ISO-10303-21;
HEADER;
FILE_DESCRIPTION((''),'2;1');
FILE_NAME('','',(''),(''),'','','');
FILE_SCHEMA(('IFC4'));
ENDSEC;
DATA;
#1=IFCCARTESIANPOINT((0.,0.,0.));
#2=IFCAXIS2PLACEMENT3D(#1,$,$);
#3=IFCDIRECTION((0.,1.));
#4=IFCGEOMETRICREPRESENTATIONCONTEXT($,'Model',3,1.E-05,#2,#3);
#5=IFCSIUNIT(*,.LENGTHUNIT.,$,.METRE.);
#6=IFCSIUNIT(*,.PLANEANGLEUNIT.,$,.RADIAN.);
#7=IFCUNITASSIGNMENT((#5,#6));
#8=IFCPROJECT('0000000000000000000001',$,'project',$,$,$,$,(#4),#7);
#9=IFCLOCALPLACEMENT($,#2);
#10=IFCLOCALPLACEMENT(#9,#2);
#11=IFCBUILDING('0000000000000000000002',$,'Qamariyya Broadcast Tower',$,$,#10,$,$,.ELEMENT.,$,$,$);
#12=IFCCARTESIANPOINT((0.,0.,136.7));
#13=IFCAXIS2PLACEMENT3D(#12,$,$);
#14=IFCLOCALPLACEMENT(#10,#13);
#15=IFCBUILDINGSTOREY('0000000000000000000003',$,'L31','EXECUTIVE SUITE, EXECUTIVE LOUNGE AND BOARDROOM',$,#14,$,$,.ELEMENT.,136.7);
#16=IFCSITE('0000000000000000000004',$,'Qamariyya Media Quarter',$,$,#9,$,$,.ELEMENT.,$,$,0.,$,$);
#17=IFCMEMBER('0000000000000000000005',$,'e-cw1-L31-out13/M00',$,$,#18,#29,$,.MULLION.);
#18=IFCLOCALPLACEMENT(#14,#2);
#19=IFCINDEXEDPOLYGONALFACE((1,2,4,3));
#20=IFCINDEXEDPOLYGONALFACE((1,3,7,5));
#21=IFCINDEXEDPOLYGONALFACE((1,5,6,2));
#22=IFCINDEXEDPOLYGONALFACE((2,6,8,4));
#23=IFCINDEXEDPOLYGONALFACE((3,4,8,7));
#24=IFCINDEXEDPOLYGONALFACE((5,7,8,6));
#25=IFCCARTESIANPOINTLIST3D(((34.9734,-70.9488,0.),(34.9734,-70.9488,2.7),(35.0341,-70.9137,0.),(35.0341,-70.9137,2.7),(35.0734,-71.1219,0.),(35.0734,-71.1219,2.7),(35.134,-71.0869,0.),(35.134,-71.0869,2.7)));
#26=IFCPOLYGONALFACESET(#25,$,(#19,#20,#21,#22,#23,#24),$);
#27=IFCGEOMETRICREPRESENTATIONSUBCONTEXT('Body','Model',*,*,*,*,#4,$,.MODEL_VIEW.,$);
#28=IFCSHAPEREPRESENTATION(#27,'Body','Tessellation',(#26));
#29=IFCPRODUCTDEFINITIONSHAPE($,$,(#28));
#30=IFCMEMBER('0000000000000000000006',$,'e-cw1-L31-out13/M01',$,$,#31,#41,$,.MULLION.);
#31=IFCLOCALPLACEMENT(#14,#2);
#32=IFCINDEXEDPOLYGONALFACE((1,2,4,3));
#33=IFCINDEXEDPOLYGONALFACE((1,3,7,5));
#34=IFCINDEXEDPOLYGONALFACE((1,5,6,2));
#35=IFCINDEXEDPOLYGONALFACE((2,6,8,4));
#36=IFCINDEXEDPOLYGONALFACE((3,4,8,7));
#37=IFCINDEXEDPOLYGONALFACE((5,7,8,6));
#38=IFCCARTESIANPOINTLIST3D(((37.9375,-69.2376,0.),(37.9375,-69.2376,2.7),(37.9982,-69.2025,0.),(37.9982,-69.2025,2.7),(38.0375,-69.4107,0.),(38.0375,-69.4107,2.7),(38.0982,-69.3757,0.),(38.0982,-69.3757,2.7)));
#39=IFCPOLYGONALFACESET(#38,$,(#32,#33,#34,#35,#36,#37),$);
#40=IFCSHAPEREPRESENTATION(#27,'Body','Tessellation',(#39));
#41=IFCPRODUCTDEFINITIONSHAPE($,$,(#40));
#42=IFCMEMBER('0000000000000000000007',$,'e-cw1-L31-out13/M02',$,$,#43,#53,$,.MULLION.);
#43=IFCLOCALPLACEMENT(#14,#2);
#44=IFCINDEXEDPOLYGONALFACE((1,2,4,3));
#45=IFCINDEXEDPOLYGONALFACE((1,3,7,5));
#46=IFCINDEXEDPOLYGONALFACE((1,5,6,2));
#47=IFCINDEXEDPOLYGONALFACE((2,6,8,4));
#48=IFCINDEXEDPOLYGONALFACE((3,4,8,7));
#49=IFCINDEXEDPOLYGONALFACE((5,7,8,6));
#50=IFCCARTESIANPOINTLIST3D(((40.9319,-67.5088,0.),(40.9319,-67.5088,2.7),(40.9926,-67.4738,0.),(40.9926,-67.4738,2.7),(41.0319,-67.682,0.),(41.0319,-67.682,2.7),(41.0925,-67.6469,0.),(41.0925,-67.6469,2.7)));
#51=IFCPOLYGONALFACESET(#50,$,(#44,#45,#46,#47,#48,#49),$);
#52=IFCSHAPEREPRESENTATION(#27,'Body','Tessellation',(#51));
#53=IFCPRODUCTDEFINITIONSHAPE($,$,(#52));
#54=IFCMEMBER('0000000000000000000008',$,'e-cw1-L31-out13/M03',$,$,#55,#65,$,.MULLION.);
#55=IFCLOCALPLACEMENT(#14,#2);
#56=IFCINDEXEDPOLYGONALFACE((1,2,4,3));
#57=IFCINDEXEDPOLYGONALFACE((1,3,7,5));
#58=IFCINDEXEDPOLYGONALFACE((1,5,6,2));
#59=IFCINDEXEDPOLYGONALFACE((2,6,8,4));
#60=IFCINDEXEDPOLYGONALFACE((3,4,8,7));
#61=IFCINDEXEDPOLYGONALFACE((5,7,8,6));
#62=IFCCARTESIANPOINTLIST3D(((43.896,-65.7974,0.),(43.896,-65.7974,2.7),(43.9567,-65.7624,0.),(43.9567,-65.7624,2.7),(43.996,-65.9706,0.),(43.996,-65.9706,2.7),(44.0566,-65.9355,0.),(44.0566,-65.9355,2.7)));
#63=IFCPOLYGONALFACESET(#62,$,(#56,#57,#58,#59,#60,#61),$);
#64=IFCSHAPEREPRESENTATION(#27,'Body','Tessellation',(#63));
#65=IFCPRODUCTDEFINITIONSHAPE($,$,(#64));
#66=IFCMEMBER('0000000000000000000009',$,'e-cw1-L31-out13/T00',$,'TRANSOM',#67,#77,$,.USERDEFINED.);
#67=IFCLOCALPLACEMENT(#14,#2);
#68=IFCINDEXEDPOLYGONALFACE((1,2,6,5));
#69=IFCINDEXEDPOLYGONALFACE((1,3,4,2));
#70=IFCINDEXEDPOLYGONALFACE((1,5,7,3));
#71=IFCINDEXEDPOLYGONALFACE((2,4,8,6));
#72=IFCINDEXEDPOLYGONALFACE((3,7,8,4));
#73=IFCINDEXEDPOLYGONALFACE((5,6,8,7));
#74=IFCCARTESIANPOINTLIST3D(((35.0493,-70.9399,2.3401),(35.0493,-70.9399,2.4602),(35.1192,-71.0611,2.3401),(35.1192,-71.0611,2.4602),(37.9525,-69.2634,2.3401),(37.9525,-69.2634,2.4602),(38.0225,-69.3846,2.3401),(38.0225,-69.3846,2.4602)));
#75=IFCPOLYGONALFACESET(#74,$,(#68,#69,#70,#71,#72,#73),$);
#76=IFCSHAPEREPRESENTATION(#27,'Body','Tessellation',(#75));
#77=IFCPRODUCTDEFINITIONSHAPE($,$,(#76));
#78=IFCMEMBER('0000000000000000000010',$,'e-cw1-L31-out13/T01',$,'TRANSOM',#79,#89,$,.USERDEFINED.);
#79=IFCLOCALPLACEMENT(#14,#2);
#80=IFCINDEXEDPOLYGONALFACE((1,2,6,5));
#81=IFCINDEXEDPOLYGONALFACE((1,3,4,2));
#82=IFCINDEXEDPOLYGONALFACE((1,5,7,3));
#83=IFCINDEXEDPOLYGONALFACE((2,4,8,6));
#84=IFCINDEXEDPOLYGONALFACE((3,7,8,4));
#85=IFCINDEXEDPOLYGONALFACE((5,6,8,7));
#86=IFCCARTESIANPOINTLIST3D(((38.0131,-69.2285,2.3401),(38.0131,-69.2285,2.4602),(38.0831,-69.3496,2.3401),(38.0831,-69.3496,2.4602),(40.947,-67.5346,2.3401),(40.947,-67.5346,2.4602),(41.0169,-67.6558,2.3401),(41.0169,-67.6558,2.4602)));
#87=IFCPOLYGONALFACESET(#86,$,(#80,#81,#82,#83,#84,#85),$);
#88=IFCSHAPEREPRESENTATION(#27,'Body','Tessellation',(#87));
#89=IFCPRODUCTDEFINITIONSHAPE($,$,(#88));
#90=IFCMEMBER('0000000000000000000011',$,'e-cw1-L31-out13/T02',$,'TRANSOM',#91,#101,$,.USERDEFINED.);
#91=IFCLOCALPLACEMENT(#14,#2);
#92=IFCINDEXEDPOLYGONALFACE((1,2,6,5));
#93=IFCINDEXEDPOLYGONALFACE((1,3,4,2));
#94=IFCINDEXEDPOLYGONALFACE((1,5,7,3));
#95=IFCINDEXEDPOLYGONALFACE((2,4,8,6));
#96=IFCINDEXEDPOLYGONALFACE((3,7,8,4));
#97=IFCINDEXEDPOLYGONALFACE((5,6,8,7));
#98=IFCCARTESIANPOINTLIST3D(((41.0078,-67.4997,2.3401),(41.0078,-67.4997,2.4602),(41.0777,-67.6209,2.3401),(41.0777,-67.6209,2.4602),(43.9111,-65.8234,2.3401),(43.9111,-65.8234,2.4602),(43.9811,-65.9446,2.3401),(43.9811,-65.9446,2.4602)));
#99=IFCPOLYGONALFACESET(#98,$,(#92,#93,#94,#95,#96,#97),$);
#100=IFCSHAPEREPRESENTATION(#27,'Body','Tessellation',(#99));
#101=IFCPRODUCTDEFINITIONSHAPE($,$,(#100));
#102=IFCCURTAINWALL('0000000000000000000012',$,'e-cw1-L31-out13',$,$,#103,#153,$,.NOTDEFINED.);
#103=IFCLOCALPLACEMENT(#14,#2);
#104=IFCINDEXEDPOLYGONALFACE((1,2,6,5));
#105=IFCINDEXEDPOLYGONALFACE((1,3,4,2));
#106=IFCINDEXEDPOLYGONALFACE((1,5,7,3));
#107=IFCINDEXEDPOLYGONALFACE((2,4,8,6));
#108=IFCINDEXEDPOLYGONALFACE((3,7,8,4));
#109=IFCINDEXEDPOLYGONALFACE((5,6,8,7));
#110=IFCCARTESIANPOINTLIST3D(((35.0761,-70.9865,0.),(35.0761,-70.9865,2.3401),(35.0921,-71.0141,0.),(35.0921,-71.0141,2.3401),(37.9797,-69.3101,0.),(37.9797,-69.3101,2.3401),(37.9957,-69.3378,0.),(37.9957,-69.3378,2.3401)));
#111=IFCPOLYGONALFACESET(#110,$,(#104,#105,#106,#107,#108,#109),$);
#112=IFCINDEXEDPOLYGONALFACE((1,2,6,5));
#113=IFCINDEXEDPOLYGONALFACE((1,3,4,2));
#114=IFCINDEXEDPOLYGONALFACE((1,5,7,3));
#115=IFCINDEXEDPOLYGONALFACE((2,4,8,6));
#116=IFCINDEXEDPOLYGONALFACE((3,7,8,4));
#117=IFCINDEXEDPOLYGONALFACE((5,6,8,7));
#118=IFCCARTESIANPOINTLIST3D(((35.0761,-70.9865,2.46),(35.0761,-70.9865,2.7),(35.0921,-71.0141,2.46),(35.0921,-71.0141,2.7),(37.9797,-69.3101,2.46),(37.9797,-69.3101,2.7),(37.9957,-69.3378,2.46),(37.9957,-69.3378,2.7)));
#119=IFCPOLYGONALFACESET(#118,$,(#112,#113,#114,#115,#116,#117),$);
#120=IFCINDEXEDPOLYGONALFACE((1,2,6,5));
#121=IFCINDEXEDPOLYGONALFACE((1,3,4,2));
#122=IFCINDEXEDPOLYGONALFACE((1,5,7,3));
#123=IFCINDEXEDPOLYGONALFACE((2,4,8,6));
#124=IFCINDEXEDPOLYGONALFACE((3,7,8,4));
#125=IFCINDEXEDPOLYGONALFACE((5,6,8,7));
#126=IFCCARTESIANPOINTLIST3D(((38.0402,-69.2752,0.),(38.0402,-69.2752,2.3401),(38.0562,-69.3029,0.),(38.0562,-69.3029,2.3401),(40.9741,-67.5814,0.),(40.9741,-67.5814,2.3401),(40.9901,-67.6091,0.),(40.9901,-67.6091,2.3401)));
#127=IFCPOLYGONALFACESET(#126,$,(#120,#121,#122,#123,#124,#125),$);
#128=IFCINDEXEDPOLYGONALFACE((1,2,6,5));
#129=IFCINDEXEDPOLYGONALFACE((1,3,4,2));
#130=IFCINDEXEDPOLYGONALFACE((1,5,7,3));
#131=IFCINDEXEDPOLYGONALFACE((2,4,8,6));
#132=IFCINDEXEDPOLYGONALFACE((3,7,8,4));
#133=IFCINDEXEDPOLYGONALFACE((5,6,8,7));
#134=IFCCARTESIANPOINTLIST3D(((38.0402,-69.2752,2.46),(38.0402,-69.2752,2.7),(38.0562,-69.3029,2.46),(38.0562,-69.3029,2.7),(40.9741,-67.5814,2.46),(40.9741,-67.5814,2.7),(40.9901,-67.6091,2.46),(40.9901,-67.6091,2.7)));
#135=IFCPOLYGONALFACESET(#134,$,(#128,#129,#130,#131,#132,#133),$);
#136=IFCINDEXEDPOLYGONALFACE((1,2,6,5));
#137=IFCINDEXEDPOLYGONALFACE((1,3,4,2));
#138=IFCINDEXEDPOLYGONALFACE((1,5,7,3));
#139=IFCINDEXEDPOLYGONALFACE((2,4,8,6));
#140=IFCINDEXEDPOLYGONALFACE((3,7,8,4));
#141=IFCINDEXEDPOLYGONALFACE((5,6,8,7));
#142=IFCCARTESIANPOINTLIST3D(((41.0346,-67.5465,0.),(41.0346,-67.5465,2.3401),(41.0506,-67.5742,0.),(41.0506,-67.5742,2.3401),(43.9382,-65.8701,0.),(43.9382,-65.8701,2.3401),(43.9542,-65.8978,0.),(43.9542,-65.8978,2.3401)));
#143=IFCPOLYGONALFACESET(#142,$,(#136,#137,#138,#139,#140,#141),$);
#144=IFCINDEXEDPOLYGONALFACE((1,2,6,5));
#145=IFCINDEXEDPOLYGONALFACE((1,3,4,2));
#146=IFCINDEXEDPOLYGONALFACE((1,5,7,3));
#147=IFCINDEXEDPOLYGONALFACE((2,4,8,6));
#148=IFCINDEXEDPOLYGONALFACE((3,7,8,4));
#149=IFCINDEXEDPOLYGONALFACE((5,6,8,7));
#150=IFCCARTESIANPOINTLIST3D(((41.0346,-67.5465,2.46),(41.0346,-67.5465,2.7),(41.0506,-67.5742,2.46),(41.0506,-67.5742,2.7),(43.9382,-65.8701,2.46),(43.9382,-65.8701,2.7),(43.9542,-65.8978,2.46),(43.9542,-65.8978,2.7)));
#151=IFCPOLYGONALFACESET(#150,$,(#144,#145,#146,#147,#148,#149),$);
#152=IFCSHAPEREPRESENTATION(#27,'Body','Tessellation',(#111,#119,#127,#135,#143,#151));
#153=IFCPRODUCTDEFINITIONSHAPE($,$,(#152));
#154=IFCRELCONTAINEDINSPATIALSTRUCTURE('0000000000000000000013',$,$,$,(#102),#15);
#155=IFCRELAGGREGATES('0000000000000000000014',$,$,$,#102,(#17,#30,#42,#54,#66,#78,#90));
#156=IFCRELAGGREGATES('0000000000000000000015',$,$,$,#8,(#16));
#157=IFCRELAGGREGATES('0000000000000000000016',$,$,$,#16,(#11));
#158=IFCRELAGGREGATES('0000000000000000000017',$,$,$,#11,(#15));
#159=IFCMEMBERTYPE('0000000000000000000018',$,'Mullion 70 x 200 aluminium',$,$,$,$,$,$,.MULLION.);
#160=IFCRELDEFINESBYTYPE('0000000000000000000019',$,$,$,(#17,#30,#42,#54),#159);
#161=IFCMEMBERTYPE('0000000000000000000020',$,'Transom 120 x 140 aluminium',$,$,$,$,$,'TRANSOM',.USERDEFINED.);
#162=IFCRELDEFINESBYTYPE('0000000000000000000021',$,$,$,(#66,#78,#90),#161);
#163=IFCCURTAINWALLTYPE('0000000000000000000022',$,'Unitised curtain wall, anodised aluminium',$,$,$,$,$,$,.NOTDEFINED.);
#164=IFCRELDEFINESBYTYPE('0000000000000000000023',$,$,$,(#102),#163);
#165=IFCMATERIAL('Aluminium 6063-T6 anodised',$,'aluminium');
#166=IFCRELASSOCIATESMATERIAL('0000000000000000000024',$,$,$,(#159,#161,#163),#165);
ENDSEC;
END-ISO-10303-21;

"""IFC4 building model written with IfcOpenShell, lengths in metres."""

from ifc_helpers import new_model, si_unit, direction, frame, origin, origin_2d, place, context, subcontext, project, spatial, rectangle, extrude, material, material_profile, profile_set, type_object, element, aggregate, save


model = new_model("IFC4")

# Units and contexts
model_context = context("Model", 3, precision=1e-05, world=origin(), true_north=direction((0.0, 1.0)))
body_context = subcontext(model_context, "Body", "Model", "MODEL_VIEW")
ifc_project = project(units=[si_unit("LENGTHUNIT", "METRE"), si_unit("PLANEANGLEUNIT", "RADIAN")], contexts=[model_context])

# Members
ifc_material = material(Name="Aluminium 6063-T6 anodised", Category="aluminium")
ifc_material_profile_1 = material_profile(ifc_material, rectangle(XDim=0.2, YDim=0.0701, at=origin_2d()))
ifc_profile_set_1 = profile_set([ifc_material_profile_1], Name="Aluminium 6063-T6 anodised")
member_type_1 = type_object("IfcMemberType", Name="Mullion 70 x 200 aluminium", PredefinedType="MULLION", material=ifc_profile_set_1)
site_placement = place(None, origin())
building_placement = place(site_placement, origin())
storey_placement = place(building_placement, frame((0.0, 0.0, 136.7)))
member_1_placement = place(storey_placement, frame((35.0537, -71.0178, 0.0), z_axis=(0.0, 0.0, 1.0), x_axis=(-0.5, 0.866025, 0.0)))
member_1 = element("IfcMember", 1, at=member_1_placement, type_object=member_type_1, Name="e-cw1-L31-out13/M00", PredefinedType="MULLION", context=body_context, shape_type="SweptSolid", body=[
    extrude(rectangle(XDim=0.2, YDim=0.0701, at=origin_2d()), origin(), (0.0, 0.0, 1.0), 2.7),
])
member_2_placement = place(storey_placement, frame((38.0178, -69.3066, 0.0), z_axis=(0.0, 0.0, 1.0), x_axis=(-0.5, 0.866025, 0.0)))
member_2 = element("IfcMember", 2, at=member_2_placement, type_object=member_type_1, Name="e-cw1-L31-out13/M01", PredefinedType="MULLION", context=body_context, shape_type="SweptSolid", body=[
    extrude(rectangle(XDim=0.2, YDim=0.0701, at=origin_2d()), origin(), (0.0, 0.0, 1.0), 2.7),
])
member_3_placement = place(storey_placement, frame((41.0122, -67.5779, 0.0), z_axis=(0.0, 0.0, 1.0), x_axis=(-0.5, 0.866025, 0.0)))
member_3 = element("IfcMember", 3, at=member_3_placement, type_object=member_type_1, Name="e-cw1-L31-out13/M02", PredefinedType="MULLION", context=body_context, shape_type="SweptSolid", body=[
    extrude(rectangle(XDim=0.2, YDim=0.0701, at=origin_2d()), origin(), (0.0, 0.0, 1.0), 2.7),
])
member_4_placement = place(storey_placement, frame((43.9763, -65.8665, 0.0), z_axis=(0.0, 0.0, 1.0), x_axis=(-0.5, 0.866025, 0.0)))
member_4 = element("IfcMember", 4, at=member_4_placement, type_object=member_type_1, Name="e-cw1-L31-out13/M03", PredefinedType="MULLION", context=body_context, shape_type="SweptSolid", body=[
    extrude(rectangle(XDim=0.2, YDim=0.0701, at=origin_2d()), origin(), (0.0, 0.0, 1.0), 2.7),
])
ifc_material_profile_2 = material_profile(ifc_material, rectangle(XDim=0.1399, YDim=0.1201, at=origin_2d()))
ifc_profile_set_2 = profile_set([ifc_material_profile_2], Name="Aluminium 6063-T6 anodised")
member_type_2 = type_object("IfcMemberType", Name="Transom 120 x 140 aluminium", ElementType="TRANSOM", PredefinedType="USERDEFINED", material=ifc_profile_set_2)
member_5_placement = place(storey_placement, frame((35.0842, -71.0005, 2.4001), z_axis=(0.865989, 0.500063, 0.0), x_axis=(-0.500063, 0.865989, 0.0)))
member_5 = element("IfcMember", 5, at=member_5_placement, type_object=member_type_2, Name="e-cw1-L31-out13/T00", ObjectType="TRANSOM", PredefinedType="USERDEFINED", context=body_context, shape_type="SweptSolid", body=[
    extrude(rectangle(XDim=0.1399, YDim=0.1201, at=origin_2d()), origin(), (0.0, 0.0, 1.0), 3.3525),
])
member_6_placement = place(storey_placement, frame((38.0481, -69.2891, 2.4001), z_axis=(0.866026, 0.499999, 0.0), x_axis=(-0.499999, 0.866026, 0.0)))
member_6 = element("IfcMember", 6, at=member_6_placement, type_object=member_type_2, Name="e-cw1-L31-out13/T01", ObjectType="TRANSOM", PredefinedType="USERDEFINED", context=body_context, shape_type="SweptSolid", body=[
    extrude(rectangle(XDim=0.1399, YDim=0.1201, at=origin_2d()), origin(), (0.0, 0.0, 1.0), 3.3877),
])
member_7_placement = place(storey_placement, frame((41.0427, -67.5603, 2.4001), z_axis=(0.866021, 0.500008, 0.0), x_axis=(-0.500008, 0.866021, 0.0)))
member_7 = element("IfcMember", 7, at=member_7_placement, type_object=member_type_2, Name="e-cw1-L31-out13/T02", ObjectType="TRANSOM", PredefinedType="USERDEFINED", context=body_context, shape_type="SweptSolid", body=[
    extrude(rectangle(XDim=0.1399, YDim=0.1201, at=origin_2d()), origin(), (0.0, 0.0, 1.0), 3.3525),
])

# Site, building, storey
site = spatial("IfcSite", under=ifc_project, at=site_placement, Name="Qamariyya Media Quarter", CompositionType="ELEMENT", RefElevation=0.0)
building = spatial("IfcBuilding", under=site, at=building_placement, Name="Qamariyya Broadcast Tower", CompositionType="ELEMENT")
storey = spatial("IfcBuildingStorey", under=building, at=storey_placement, Name="L31", Description="EXECUTIVE SUITE, EXECUTIVE LOUNGE AND BOARDROOM", CompositionType="ELEMENT", Elevation=136.7)

# Curtain wall
curtain_wall_type = type_object("IfcCurtainWallType", Name="Unitised curtain wall, anodised aluminium", PredefinedType="NOTDEFINED", material=ifc_material)
curtain_wall_1_placement = place(storey_placement, origin())
curtain_wall_1 = element("IfcCurtainWall", 8, at=curtain_wall_1_placement, inside=storey, type_object=curtain_wall_type, Name="e-cw1-L31-out13", PredefinedType="NOTDEFINED", context=body_context, shape_type="SweptSolid", body=[
    extrude(rectangle(XDim=3.3528, YDim=0.032, at=origin_2d()), frame((36.5359, -70.1621, 0.0), x_axis=(0.866027, 0.499997, 0.0)), (0.0, 0.0, 1.0), 2.3401),
    extrude(rectangle(XDim=3.3528, YDim=0.032, at=origin_2d()), frame((36.5359, -70.1621, 2.46), x_axis=(0.866027, 0.499997, 0.0)), (0.0, 0.0, 1.0), 0.24),
    extrude(rectangle(XDim=3.3877, YDim=0.032, at=origin_2d()), frame((39.5151, -68.4421, 0.0), x_axis=(0.866027, 0.499997, 0.0)), (0.0, 0.0, 1.0), 2.3401),
    extrude(rectangle(XDim=3.3877, YDim=0.032, at=origin_2d()), frame((39.5151, -68.4421, 2.46), x_axis=(0.866027, 0.499997, 0.0)), (0.0, 0.0, 1.0), 0.24),
    extrude(rectangle(XDim=3.3528, YDim=0.032, at=origin_2d()), frame((42.4944, -66.7222, 0.0), x_axis=(0.866027, 0.499997, 0.0)), (0.0, 0.0, 1.0), 2.3401),
    extrude(rectangle(XDim=3.3528, YDim=0.032, at=origin_2d()), frame((42.4944, -66.7222, 2.46), x_axis=(0.866027, 0.499997, 0.0)), (0.0, 0.0, 1.0), 0.24),
])
aggregate(curtain_wall_1, [member_1, member_2, member_3, member_4, member_5, member_6, member_7])

save(model, "model.ifc")
